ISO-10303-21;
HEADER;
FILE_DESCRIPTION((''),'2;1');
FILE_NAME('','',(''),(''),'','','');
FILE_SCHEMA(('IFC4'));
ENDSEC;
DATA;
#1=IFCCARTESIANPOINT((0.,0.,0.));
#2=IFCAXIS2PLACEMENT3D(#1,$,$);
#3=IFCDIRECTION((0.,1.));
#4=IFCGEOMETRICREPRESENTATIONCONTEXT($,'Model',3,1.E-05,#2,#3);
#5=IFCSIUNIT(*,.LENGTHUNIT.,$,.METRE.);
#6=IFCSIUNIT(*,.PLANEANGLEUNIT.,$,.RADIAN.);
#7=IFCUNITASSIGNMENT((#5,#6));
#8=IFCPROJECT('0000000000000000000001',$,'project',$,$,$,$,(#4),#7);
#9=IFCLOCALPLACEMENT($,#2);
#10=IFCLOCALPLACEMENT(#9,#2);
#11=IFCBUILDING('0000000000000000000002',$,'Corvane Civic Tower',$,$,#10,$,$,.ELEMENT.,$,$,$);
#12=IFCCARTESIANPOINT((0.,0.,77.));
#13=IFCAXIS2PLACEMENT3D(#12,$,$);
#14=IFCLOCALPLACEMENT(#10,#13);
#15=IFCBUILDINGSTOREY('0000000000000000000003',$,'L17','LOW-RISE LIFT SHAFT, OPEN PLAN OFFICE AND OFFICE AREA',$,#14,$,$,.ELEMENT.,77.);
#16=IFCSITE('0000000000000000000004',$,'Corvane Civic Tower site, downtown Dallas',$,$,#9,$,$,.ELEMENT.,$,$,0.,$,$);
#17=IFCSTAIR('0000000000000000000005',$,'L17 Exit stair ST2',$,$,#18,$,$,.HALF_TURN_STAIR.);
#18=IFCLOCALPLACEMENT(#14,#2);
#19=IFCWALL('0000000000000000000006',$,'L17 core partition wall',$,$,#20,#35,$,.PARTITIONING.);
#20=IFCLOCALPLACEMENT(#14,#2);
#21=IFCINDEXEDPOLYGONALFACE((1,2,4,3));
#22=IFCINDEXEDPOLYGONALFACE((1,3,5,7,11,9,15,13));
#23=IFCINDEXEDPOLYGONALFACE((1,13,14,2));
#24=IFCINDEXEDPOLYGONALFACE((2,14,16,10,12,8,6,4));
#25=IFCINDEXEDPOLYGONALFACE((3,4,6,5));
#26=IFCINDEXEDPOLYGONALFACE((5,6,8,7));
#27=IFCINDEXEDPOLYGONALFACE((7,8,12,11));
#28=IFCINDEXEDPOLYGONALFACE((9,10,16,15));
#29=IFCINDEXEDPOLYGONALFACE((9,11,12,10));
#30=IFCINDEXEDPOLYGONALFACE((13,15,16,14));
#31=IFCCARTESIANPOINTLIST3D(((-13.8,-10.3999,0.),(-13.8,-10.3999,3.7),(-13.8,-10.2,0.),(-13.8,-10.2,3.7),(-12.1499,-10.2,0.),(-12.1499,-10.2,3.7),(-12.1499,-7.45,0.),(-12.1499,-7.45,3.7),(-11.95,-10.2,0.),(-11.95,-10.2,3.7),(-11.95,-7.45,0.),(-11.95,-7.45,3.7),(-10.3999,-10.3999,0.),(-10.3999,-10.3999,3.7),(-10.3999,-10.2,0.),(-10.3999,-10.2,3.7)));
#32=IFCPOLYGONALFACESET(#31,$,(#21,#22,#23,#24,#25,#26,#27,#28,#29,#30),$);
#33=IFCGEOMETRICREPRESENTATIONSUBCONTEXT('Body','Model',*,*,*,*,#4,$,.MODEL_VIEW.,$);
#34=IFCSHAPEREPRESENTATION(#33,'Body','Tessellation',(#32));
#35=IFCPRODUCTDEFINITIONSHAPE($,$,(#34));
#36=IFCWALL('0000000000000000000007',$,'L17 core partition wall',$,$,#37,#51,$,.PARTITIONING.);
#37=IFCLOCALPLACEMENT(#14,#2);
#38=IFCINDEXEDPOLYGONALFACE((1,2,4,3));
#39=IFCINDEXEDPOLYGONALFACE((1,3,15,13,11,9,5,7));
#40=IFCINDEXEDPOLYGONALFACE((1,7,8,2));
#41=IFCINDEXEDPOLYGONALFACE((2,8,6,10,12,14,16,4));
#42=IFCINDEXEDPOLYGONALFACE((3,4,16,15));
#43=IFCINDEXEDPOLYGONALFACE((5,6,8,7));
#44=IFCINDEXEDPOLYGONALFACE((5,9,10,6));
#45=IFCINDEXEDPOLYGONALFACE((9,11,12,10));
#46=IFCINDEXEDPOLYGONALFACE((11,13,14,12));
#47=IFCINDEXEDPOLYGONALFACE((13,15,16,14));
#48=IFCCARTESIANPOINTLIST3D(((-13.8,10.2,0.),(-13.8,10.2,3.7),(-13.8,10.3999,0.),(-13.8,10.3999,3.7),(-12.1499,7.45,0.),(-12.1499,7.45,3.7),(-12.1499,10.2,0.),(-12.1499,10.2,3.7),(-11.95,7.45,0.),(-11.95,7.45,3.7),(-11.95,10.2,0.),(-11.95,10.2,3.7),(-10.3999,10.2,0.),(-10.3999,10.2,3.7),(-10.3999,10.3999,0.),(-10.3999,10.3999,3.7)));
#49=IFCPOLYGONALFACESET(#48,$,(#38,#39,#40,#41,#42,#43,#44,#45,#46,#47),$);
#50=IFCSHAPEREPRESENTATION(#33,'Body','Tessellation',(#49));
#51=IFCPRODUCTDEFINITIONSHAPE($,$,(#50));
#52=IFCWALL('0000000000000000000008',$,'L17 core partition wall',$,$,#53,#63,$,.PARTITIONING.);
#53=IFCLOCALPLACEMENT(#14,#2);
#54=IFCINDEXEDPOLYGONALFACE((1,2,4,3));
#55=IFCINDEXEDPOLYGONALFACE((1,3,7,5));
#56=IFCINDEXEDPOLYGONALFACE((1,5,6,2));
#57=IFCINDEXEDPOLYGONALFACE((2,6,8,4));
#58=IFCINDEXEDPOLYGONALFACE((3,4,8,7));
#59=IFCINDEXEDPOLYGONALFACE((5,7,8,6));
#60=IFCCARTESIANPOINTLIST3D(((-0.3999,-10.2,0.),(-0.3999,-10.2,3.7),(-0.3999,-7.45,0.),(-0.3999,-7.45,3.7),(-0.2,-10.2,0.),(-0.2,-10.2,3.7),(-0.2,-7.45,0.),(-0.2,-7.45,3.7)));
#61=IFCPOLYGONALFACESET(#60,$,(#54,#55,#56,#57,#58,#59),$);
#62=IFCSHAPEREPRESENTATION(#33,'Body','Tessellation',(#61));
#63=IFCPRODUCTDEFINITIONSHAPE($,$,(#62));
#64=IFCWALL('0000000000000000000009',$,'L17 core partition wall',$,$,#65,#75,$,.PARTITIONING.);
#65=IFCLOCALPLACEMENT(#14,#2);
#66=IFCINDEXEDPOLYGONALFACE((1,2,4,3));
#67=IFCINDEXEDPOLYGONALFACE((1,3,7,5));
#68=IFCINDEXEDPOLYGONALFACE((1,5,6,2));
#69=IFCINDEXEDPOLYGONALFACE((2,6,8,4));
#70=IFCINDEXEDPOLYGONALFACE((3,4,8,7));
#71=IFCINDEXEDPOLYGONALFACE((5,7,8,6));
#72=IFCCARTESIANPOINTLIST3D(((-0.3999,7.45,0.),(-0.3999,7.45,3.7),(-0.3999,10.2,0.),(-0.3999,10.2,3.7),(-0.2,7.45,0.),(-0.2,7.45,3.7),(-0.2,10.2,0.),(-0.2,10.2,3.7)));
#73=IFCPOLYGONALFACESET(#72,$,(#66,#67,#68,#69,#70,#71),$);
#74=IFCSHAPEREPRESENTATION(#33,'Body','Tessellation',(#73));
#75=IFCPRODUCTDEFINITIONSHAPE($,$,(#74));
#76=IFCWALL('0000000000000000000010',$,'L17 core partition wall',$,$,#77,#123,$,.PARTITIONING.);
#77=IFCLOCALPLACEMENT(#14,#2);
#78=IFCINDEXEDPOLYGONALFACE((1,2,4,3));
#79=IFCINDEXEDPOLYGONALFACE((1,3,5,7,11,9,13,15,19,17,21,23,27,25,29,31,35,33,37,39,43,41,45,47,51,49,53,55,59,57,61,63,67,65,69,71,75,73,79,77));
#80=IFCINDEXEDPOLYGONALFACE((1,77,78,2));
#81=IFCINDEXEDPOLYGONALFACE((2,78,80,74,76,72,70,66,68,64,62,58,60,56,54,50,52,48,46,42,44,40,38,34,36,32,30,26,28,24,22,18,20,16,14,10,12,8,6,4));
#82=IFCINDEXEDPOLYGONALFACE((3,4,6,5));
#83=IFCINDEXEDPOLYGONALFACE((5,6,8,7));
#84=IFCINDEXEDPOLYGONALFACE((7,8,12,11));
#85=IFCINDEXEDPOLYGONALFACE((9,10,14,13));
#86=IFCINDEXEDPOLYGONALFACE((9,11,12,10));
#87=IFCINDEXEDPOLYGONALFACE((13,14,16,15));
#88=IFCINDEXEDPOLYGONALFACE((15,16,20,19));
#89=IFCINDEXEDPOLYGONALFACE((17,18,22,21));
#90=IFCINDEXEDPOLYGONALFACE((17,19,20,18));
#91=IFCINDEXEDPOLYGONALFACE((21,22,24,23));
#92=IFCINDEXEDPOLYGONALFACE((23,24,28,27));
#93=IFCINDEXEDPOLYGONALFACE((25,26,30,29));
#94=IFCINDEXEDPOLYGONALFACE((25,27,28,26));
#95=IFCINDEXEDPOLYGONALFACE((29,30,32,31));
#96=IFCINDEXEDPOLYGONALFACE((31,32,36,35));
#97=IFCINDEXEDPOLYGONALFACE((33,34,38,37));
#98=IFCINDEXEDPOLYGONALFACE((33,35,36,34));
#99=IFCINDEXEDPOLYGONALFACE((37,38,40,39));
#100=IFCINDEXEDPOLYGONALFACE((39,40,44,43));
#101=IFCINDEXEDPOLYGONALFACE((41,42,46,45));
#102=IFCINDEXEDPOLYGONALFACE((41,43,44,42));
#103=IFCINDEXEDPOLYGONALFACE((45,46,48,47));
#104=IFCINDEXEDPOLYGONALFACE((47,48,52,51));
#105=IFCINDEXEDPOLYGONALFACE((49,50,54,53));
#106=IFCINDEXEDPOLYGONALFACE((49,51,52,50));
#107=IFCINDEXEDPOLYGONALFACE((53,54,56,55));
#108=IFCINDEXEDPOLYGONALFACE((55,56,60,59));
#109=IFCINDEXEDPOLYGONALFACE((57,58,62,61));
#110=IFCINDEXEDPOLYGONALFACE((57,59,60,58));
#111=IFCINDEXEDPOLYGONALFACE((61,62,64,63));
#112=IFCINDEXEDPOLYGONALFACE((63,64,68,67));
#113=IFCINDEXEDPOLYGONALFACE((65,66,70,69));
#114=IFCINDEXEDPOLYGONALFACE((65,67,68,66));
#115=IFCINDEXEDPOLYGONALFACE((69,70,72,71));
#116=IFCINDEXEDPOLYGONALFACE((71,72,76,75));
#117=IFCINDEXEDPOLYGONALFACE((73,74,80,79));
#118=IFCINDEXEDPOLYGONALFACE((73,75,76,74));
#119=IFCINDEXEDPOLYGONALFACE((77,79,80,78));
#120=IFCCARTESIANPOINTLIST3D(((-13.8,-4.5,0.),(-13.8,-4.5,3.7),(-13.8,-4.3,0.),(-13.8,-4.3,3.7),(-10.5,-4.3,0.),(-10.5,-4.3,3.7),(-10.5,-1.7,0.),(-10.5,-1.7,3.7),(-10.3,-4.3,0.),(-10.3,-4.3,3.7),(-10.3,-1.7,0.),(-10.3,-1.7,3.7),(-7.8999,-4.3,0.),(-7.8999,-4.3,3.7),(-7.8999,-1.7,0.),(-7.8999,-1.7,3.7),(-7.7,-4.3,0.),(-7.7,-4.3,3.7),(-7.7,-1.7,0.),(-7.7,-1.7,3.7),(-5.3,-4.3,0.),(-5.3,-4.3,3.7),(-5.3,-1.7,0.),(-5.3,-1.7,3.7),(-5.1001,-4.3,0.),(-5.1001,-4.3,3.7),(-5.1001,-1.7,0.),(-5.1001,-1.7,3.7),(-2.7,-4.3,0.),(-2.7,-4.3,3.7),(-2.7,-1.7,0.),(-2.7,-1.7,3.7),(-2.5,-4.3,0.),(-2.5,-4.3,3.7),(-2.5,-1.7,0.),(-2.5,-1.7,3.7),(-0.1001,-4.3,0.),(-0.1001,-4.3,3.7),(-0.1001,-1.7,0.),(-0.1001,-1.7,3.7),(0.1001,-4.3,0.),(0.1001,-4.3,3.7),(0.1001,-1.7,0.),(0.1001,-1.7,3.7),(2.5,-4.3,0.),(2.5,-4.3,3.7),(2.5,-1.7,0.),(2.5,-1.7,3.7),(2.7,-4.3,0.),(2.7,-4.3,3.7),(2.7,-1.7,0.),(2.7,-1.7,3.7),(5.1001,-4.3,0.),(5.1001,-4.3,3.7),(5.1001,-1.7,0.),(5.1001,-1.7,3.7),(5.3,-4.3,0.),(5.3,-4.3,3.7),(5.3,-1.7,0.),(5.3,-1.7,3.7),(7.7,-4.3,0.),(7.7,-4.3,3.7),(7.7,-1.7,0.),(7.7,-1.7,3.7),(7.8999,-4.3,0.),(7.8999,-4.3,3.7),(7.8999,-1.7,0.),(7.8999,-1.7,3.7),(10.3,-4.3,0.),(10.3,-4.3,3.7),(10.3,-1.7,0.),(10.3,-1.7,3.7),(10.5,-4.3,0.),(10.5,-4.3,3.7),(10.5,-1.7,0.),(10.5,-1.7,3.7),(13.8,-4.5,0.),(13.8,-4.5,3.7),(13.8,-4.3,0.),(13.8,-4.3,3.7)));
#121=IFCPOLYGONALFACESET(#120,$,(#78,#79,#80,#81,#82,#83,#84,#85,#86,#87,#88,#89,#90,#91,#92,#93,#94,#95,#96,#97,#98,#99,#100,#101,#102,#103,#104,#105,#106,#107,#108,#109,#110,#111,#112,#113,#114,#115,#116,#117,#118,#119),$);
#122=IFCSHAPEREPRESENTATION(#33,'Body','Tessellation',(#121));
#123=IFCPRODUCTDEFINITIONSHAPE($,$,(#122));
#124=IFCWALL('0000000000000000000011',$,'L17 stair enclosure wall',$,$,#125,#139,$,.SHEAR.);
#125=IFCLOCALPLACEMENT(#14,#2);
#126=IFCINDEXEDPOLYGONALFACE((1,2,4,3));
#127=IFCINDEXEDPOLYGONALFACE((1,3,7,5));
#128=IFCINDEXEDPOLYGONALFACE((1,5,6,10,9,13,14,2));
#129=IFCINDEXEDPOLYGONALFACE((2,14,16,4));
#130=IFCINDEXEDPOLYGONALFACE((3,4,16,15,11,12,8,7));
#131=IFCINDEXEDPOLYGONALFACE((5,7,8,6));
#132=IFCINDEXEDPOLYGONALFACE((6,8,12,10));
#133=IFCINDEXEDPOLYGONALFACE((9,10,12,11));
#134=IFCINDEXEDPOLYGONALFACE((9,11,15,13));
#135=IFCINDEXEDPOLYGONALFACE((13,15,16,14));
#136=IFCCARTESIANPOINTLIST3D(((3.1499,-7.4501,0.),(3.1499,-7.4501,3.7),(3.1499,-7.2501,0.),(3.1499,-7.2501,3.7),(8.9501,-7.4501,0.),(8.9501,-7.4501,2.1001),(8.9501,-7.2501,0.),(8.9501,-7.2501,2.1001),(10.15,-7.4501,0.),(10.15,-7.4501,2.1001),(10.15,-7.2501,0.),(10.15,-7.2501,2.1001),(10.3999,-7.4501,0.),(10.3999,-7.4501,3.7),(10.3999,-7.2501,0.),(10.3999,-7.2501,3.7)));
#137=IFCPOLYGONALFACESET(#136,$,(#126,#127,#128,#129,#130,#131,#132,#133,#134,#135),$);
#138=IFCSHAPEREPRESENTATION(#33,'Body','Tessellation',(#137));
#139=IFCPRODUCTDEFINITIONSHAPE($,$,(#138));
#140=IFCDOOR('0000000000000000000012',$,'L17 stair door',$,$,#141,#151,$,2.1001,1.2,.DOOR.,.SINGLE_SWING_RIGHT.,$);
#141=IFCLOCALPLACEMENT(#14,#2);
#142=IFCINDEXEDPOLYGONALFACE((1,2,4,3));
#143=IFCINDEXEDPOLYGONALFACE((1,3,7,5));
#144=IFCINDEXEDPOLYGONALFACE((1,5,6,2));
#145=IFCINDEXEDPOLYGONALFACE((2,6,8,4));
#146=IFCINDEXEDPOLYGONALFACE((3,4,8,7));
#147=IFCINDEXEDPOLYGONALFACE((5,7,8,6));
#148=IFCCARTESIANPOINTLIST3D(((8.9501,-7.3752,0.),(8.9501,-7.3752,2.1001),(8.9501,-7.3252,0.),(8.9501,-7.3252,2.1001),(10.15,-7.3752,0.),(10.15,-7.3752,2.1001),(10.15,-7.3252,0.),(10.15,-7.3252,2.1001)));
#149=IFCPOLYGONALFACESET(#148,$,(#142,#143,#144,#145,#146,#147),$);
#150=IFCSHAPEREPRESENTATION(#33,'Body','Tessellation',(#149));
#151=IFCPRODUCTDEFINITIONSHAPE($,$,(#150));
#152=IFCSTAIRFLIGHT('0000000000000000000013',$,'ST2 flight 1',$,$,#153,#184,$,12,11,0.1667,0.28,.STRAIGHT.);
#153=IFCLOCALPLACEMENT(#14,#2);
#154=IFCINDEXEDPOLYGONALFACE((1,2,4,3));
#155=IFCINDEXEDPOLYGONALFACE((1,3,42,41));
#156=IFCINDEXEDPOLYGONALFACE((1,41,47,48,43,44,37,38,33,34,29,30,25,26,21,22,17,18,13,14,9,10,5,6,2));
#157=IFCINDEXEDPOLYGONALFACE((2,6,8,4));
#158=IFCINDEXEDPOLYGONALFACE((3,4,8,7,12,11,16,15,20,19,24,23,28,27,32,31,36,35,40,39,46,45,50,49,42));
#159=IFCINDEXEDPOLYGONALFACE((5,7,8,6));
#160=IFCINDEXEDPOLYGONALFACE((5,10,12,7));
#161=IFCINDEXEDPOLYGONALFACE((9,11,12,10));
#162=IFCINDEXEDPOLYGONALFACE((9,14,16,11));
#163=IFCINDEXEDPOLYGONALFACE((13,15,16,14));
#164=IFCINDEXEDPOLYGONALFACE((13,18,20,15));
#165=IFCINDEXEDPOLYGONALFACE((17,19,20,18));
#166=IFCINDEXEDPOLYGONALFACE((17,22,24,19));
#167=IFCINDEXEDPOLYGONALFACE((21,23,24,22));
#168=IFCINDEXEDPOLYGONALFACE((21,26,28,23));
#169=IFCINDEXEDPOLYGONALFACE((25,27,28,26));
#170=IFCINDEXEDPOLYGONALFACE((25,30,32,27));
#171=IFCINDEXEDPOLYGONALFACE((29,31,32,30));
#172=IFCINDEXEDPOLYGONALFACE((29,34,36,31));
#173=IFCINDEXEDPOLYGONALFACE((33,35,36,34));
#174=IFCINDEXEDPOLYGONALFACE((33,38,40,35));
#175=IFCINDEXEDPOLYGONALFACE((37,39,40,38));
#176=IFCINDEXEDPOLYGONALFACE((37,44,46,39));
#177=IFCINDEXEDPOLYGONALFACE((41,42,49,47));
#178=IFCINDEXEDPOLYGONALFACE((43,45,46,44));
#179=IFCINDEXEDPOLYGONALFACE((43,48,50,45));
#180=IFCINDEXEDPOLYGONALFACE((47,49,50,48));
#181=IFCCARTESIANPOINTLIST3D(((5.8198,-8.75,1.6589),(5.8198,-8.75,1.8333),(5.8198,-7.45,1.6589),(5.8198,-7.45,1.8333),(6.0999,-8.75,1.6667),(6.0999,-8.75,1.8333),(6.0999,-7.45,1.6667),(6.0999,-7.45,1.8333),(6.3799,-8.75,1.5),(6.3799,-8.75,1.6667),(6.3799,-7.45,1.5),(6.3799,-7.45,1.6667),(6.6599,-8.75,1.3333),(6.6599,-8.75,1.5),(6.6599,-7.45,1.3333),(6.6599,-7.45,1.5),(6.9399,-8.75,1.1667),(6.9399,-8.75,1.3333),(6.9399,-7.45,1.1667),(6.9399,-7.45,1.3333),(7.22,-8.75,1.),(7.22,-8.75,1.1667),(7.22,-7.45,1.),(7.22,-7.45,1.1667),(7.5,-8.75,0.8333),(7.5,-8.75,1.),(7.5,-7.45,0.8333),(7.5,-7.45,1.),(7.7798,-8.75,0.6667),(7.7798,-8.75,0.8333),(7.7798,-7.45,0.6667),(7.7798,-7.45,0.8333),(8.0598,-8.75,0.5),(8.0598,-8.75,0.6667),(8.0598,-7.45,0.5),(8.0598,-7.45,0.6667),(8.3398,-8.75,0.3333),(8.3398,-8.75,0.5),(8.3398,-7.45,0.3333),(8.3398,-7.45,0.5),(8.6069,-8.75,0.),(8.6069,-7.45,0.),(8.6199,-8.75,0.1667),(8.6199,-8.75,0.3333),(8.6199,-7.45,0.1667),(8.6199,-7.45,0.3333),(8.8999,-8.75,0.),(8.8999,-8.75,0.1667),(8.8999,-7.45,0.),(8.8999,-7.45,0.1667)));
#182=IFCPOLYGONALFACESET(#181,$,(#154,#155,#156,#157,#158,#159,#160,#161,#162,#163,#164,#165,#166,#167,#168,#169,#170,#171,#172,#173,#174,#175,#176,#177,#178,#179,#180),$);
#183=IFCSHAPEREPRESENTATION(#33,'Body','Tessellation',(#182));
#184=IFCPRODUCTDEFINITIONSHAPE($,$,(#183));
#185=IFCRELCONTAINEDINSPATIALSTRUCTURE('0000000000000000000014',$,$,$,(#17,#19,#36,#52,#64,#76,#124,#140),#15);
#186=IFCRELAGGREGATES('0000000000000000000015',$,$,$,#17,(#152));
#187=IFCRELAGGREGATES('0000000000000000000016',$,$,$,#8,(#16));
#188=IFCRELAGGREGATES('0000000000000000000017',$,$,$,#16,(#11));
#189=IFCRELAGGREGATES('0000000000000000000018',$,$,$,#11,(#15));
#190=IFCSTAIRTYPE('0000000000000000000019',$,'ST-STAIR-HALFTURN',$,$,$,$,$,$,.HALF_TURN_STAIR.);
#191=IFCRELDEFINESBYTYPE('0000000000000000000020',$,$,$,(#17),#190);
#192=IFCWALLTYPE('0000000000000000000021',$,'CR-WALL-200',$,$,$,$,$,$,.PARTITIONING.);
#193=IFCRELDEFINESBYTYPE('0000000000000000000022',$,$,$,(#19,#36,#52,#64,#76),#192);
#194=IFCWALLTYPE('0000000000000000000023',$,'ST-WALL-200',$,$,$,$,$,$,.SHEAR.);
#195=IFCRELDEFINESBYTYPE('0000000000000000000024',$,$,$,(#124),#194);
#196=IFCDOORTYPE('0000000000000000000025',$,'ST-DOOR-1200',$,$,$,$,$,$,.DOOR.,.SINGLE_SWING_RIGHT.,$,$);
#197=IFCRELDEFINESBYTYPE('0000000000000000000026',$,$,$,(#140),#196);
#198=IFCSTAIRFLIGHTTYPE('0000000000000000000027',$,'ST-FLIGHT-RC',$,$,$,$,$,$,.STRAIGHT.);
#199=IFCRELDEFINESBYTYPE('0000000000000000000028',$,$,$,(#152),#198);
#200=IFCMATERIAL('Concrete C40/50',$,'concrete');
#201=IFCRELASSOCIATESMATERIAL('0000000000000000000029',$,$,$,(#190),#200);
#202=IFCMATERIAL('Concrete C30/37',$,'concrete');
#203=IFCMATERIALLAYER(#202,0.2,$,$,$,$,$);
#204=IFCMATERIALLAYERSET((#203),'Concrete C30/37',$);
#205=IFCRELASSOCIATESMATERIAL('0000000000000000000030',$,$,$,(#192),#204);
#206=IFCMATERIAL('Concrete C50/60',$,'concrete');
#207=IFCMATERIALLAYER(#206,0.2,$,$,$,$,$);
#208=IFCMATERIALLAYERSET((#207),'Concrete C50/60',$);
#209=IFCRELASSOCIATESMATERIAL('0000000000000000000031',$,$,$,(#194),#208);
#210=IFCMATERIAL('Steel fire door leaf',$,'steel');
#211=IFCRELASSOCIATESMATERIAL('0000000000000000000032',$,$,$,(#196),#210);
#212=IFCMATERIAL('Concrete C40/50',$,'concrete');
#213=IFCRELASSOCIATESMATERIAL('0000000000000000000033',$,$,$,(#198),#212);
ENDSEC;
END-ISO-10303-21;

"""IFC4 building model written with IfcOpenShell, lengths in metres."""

from ifc_helpers import new_model, si_unit, direction, frame, frame_2d, origin, place, context, subcontext, project, spatial, polyline, rectangle, outline, extrude, material, layer, layer_set, type_object, element, fill, aggregate, save


model = new_model("IFC4")

# Units and contexts
model_context = context("Model", 3, precision=1e-05, world=origin(), true_north=direction((0.0, 1.0)))
body_context = subcontext(model_context, "Body", "Model", "MODEL_VIEW")
ifc_project = project(units=[si_unit("LENGTHUNIT", "METRE"), si_unit("PLANEANGLEUNIT", "RADIAN")], contexts=[model_context])

# Site, building, storey
site_placement = place(None, origin())
site = spatial("IfcSite", under=ifc_project, at=site_placement, Name="Corvane Civic Tower site, downtown Dallas", CompositionType="ELEMENT", RefElevation=0.0)
building_placement = place(site_placement, origin())
building = spatial("IfcBuilding", under=site, at=building_placement, Name="Corvane Civic Tower", CompositionType="ELEMENT")
storey_placement = place(building_placement, frame((0.0, 0.0, 77.0)))
storey = spatial("IfcBuildingStorey", under=building, at=storey_placement, Name="L17", Description="LOW-RISE LIFT SHAFT, OPEN PLAN OFFICE AND OFFICE AREA", CompositionType="ELEMENT", Elevation=77.0)

# Stair
ifc_material_1 = material(Name="Concrete C40/50", Category="concrete")
stair_type = type_object("IfcStairType", Name="ST-STAIR-HALFTURN", PredefinedType="HALF_TURN_STAIR", material=ifc_material_1)
stair_1_placement = place(storey_placement, origin())
stair_1 = element("IfcStair", 1, at=stair_1_placement, inside=storey, type_object=stair_type, Name="L17 Exit stair ST2", PredefinedType="HALF_TURN_STAIR")

# Shared definitions
ifc_material_2 = material(Name="Concrete C30/37", Category="concrete")
ifc_layer_1 = layer(ifc_material_2, 0.2)
ifc_layer_set_1 = layer_set([ifc_layer_1], Name="Concrete C30/37")
wall_type_1 = type_object("IfcWallType", Name="CR-WALL-200", PredefinedType="PARTITIONING", material=ifc_layer_set_1)

# Walls
wall_1_placement = place(storey_placement, origin())
element("IfcWall", 2, at=wall_1_placement, inside=storey, type_object=wall_type_1, Name="L17 core partition wall", PredefinedType="PARTITIONING", context=body_context, shape_type="SweptSolid", body=[
    extrude(outline(polyline([(-12.1499, -7.45), (-11.95, -7.45), (-11.95, -10.2), (-10.3999, -10.2), (-10.3999, -10.3999), (-13.8, -10.3999), (-13.8, -10.2), (-12.1499, -10.2), (-12.1499, -7.45)])), origin(), (0.0, 0.0, 1.0), 3.7),
])
wall_2_placement = place(storey_placement, origin())
element("IfcWall", 3, at=wall_2_placement, inside=storey, type_object=wall_type_1, Name="L17 core partition wall", PredefinedType="PARTITIONING", context=body_context, shape_type="SweptSolid", body=[
    extrude(outline(polyline([(-13.8, 10.3999), (-10.3999, 10.3999), (-10.3999, 10.2), (-11.95, 10.2), (-11.95, 7.45), (-12.1499, 7.45), (-12.1499, 10.2), (-13.8, 10.2), (-13.8, 10.3999)])), origin(), (0.0, 0.0, 1.0), 3.7),
])
wall_3_placement = place(storey_placement, origin())
element("IfcWall", 4, at=wall_3_placement, inside=storey, type_object=wall_type_1, Name="L17 core partition wall", PredefinedType="PARTITIONING", context=body_context, shape_type="SweptSolid", body=[
    extrude(outline(polyline([(-0.2, -10.2), (-0.3999, -10.2), (-0.3999, -7.45), (-0.2, -7.45), (-0.2, -10.2)])), origin(), (0.0, 0.0, 1.0), 3.7),
])
wall_4_placement = place(storey_placement, origin())
element("IfcWall", 5, at=wall_4_placement, inside=storey, type_object=wall_type_1, Name="L17 core partition wall", PredefinedType="PARTITIONING", context=body_context, shape_type="SweptSolid", body=[
    extrude(outline(polyline([(-0.2, 7.45), (-0.3999, 7.45), (-0.3999, 10.2), (-0.2, 10.2), (-0.2, 7.45)])), origin(), (0.0, 0.0, 1.0), 3.7),
])
wall_5_placement = place(storey_placement, origin())
element("IfcWall", 6, at=wall_5_placement, inside=storey, type_object=wall_type_1, Name="L17 core partition wall", PredefinedType="PARTITIONING", context=body_context, shape_type="SweptSolid", body=[
    extrude(outline(polyline([(-10.3, -1.7), (-10.3, -4.3), (-7.8999, -4.3), (-7.8999, -1.7), (-7.7, -1.7), (-7.7, -4.3), (-5.3, -4.3), (-5.3, -1.7), (-5.1001, -1.7), (-5.1001, -4.3), (-2.7, -4.3), (-2.7, -1.7), (-2.5, -1.7), (-2.5, -4.3), (-0.1001, -4.3), (-0.1001, -1.7), (0.1001, -1.7), (0.1001, -4.3), (2.5, -4.3), (2.5, -1.7), (2.7, -1.7), (2.7, -4.3), (5.1001, -4.3), (5.1001, -1.7), (5.3, -1.7), (5.3, -4.3), (7.7, -4.3), (7.7, -1.7), (7.8999, -1.7), (7.8999, -4.3), (10.3, -4.3), (10.3, -1.7), (10.5, -1.7), (10.5, -4.3), (13.8, -4.3), (13.8, -4.5), (-13.8, -4.5), (-13.8, -4.3), (-10.5, -4.3), (-10.5, -1.7), (-10.3, -1.7)])), origin(), (0.0, 0.0, 1.0), 3.7),
])

# Wall, opening, door
ifc_material_3 = material(Name="Concrete C50/60", Category="concrete")
ifc_layer_2 = layer(ifc_material_3, 0.2)
ifc_layer_set_2 = layer_set([ifc_layer_2], Name="Concrete C50/60")
wall_type_2 = type_object("IfcWallType", Name="ST-WALL-200", PredefinedType="SHEAR", material=ifc_layer_set_2)
wall_6_placement = place(storey_placement, frame((3.1499, -7.3501, 0.0), z_axis=(0.0, 0.0, 1.0), x_axis=(1.0, 0.0, 0.0)))
wall_6 = element("IfcWall", 7, at=wall_6_placement, inside=storey, type_object=wall_type_2, Name="L17 stair enclosure wall", PredefinedType="SHEAR", context=body_context, shape_type="SweptSolid", body=[
    extrude(rectangle(XDim=7.25, YDim=0.2, at=frame_2d((3.625, 0.0))), origin(), (0.0, 0.0, 1.0), 3.7),
])
opening_1_placement = place(wall_6_placement, frame((5.8, 0.0, 0.0)))
opening_1 = element("IfcOpeningElement", 8, at=opening_1_placement, cuts=wall_6, PredefinedType="OPENING", context=body_context, shape_type="SweptSolid", body=[
    extrude(rectangle(XDim=1.2, YDim=2.1001, at=frame_2d((0.6001, 1.05))), frame((0.0, 0.1099, 0.0), z_axis=(0.0, -1.0, 0.0), x_axis=(1.0, 0.0, 0.0)), (0.0, 0.0, 1.0), 0.22),
])
ifc_material_4 = material(Name="Steel fire door leaf", Category="steel")
door_type_1 = type_object("IfcDoorType", Name="ST-DOOR-1200", OperationType="SINGLE_SWING_RIGHT", PredefinedType="DOOR", material=ifc_material_4)
door_1_placement = place(opening_1_placement, origin())
door_1 = element("IfcDoor", 9, at=door_1_placement, inside=storey, type_object=door_type_1, Name="L17 stair door", OperationType="SINGLE_SWING_RIGHT", OverallHeight=2.1001, OverallWidth=1.2, PredefinedType="DOOR", context=body_context, shape_type="SweptSolid", body=[
    extrude(rectangle(XDim=1.2, YDim=2.1001, at=frame_2d((0.6001, 1.05))), frame((0.0, 0.0249, 0.0), z_axis=(0.0, -1.0, 0.0), x_axis=(1.0, 0.0, 0.0)), (0.0, 0.0, 1.0), 0.05),
])
fill(opening_1, door_1)

# Stair flight
ifc_material_5 = material(Name="Concrete C40/50", Category="concrete")
stair_flight_type = type_object("IfcStairFlightType", Name="ST-FLIGHT-RC", PredefinedType="STRAIGHT", material=ifc_material_5)
stair_flight_1_placement = place(storey_placement, frame((8.8999, -8.1001, 0.0), z_axis=(0.0, 0.0, 1.0), x_axis=(-1.0, 0.0, 0.0)))
stair_flight_1 = element("IfcStairFlight", 10, at=stair_flight_1_placement, type_object=stair_flight_type, Name="ST2 flight 1", NumberOfRisers=12, NumberOfTreads=11, PredefinedType="STRAIGHT", RiserHeight=0.1667, TreadLength=0.28, context=body_context, shape_type="SweptSolid", body=[
    extrude(outline(polyline([(0.0, 0.0), (0.0, 0.1667), (0.28, 0.1667), (0.28, 0.3333), (0.5601, 0.3333), (0.5601, 0.5), (0.8401, 0.5), (0.8401, 0.6667), (1.1201, 0.6667), (1.1201, 0.8333), (1.3999, 0.8333), (1.3999, 1.0), (1.6799, 1.0), (1.6799, 1.1667), (1.96, 1.1667), (1.96, 1.3333), (2.24, 1.3333), (2.24, 1.5), (2.52, 1.5), (2.52, 1.6667), (2.8, 1.6667), (2.8, 1.8333), (3.0801, 1.8333), (3.0801, 2.0), (3.0801, 1.6589), (0.293, 0.0), (0.0, 0.0)])), frame((0.0, 0.6499, 0.0), z_axis=(0.0, -1.0, 0.0), x_axis=(1.0, 0.0, 0.0)), (0.0, 0.0, 1.0), 1.3),
])
aggregate(stair_1, [stair_flight_1])

save(model, "model.ifc")
